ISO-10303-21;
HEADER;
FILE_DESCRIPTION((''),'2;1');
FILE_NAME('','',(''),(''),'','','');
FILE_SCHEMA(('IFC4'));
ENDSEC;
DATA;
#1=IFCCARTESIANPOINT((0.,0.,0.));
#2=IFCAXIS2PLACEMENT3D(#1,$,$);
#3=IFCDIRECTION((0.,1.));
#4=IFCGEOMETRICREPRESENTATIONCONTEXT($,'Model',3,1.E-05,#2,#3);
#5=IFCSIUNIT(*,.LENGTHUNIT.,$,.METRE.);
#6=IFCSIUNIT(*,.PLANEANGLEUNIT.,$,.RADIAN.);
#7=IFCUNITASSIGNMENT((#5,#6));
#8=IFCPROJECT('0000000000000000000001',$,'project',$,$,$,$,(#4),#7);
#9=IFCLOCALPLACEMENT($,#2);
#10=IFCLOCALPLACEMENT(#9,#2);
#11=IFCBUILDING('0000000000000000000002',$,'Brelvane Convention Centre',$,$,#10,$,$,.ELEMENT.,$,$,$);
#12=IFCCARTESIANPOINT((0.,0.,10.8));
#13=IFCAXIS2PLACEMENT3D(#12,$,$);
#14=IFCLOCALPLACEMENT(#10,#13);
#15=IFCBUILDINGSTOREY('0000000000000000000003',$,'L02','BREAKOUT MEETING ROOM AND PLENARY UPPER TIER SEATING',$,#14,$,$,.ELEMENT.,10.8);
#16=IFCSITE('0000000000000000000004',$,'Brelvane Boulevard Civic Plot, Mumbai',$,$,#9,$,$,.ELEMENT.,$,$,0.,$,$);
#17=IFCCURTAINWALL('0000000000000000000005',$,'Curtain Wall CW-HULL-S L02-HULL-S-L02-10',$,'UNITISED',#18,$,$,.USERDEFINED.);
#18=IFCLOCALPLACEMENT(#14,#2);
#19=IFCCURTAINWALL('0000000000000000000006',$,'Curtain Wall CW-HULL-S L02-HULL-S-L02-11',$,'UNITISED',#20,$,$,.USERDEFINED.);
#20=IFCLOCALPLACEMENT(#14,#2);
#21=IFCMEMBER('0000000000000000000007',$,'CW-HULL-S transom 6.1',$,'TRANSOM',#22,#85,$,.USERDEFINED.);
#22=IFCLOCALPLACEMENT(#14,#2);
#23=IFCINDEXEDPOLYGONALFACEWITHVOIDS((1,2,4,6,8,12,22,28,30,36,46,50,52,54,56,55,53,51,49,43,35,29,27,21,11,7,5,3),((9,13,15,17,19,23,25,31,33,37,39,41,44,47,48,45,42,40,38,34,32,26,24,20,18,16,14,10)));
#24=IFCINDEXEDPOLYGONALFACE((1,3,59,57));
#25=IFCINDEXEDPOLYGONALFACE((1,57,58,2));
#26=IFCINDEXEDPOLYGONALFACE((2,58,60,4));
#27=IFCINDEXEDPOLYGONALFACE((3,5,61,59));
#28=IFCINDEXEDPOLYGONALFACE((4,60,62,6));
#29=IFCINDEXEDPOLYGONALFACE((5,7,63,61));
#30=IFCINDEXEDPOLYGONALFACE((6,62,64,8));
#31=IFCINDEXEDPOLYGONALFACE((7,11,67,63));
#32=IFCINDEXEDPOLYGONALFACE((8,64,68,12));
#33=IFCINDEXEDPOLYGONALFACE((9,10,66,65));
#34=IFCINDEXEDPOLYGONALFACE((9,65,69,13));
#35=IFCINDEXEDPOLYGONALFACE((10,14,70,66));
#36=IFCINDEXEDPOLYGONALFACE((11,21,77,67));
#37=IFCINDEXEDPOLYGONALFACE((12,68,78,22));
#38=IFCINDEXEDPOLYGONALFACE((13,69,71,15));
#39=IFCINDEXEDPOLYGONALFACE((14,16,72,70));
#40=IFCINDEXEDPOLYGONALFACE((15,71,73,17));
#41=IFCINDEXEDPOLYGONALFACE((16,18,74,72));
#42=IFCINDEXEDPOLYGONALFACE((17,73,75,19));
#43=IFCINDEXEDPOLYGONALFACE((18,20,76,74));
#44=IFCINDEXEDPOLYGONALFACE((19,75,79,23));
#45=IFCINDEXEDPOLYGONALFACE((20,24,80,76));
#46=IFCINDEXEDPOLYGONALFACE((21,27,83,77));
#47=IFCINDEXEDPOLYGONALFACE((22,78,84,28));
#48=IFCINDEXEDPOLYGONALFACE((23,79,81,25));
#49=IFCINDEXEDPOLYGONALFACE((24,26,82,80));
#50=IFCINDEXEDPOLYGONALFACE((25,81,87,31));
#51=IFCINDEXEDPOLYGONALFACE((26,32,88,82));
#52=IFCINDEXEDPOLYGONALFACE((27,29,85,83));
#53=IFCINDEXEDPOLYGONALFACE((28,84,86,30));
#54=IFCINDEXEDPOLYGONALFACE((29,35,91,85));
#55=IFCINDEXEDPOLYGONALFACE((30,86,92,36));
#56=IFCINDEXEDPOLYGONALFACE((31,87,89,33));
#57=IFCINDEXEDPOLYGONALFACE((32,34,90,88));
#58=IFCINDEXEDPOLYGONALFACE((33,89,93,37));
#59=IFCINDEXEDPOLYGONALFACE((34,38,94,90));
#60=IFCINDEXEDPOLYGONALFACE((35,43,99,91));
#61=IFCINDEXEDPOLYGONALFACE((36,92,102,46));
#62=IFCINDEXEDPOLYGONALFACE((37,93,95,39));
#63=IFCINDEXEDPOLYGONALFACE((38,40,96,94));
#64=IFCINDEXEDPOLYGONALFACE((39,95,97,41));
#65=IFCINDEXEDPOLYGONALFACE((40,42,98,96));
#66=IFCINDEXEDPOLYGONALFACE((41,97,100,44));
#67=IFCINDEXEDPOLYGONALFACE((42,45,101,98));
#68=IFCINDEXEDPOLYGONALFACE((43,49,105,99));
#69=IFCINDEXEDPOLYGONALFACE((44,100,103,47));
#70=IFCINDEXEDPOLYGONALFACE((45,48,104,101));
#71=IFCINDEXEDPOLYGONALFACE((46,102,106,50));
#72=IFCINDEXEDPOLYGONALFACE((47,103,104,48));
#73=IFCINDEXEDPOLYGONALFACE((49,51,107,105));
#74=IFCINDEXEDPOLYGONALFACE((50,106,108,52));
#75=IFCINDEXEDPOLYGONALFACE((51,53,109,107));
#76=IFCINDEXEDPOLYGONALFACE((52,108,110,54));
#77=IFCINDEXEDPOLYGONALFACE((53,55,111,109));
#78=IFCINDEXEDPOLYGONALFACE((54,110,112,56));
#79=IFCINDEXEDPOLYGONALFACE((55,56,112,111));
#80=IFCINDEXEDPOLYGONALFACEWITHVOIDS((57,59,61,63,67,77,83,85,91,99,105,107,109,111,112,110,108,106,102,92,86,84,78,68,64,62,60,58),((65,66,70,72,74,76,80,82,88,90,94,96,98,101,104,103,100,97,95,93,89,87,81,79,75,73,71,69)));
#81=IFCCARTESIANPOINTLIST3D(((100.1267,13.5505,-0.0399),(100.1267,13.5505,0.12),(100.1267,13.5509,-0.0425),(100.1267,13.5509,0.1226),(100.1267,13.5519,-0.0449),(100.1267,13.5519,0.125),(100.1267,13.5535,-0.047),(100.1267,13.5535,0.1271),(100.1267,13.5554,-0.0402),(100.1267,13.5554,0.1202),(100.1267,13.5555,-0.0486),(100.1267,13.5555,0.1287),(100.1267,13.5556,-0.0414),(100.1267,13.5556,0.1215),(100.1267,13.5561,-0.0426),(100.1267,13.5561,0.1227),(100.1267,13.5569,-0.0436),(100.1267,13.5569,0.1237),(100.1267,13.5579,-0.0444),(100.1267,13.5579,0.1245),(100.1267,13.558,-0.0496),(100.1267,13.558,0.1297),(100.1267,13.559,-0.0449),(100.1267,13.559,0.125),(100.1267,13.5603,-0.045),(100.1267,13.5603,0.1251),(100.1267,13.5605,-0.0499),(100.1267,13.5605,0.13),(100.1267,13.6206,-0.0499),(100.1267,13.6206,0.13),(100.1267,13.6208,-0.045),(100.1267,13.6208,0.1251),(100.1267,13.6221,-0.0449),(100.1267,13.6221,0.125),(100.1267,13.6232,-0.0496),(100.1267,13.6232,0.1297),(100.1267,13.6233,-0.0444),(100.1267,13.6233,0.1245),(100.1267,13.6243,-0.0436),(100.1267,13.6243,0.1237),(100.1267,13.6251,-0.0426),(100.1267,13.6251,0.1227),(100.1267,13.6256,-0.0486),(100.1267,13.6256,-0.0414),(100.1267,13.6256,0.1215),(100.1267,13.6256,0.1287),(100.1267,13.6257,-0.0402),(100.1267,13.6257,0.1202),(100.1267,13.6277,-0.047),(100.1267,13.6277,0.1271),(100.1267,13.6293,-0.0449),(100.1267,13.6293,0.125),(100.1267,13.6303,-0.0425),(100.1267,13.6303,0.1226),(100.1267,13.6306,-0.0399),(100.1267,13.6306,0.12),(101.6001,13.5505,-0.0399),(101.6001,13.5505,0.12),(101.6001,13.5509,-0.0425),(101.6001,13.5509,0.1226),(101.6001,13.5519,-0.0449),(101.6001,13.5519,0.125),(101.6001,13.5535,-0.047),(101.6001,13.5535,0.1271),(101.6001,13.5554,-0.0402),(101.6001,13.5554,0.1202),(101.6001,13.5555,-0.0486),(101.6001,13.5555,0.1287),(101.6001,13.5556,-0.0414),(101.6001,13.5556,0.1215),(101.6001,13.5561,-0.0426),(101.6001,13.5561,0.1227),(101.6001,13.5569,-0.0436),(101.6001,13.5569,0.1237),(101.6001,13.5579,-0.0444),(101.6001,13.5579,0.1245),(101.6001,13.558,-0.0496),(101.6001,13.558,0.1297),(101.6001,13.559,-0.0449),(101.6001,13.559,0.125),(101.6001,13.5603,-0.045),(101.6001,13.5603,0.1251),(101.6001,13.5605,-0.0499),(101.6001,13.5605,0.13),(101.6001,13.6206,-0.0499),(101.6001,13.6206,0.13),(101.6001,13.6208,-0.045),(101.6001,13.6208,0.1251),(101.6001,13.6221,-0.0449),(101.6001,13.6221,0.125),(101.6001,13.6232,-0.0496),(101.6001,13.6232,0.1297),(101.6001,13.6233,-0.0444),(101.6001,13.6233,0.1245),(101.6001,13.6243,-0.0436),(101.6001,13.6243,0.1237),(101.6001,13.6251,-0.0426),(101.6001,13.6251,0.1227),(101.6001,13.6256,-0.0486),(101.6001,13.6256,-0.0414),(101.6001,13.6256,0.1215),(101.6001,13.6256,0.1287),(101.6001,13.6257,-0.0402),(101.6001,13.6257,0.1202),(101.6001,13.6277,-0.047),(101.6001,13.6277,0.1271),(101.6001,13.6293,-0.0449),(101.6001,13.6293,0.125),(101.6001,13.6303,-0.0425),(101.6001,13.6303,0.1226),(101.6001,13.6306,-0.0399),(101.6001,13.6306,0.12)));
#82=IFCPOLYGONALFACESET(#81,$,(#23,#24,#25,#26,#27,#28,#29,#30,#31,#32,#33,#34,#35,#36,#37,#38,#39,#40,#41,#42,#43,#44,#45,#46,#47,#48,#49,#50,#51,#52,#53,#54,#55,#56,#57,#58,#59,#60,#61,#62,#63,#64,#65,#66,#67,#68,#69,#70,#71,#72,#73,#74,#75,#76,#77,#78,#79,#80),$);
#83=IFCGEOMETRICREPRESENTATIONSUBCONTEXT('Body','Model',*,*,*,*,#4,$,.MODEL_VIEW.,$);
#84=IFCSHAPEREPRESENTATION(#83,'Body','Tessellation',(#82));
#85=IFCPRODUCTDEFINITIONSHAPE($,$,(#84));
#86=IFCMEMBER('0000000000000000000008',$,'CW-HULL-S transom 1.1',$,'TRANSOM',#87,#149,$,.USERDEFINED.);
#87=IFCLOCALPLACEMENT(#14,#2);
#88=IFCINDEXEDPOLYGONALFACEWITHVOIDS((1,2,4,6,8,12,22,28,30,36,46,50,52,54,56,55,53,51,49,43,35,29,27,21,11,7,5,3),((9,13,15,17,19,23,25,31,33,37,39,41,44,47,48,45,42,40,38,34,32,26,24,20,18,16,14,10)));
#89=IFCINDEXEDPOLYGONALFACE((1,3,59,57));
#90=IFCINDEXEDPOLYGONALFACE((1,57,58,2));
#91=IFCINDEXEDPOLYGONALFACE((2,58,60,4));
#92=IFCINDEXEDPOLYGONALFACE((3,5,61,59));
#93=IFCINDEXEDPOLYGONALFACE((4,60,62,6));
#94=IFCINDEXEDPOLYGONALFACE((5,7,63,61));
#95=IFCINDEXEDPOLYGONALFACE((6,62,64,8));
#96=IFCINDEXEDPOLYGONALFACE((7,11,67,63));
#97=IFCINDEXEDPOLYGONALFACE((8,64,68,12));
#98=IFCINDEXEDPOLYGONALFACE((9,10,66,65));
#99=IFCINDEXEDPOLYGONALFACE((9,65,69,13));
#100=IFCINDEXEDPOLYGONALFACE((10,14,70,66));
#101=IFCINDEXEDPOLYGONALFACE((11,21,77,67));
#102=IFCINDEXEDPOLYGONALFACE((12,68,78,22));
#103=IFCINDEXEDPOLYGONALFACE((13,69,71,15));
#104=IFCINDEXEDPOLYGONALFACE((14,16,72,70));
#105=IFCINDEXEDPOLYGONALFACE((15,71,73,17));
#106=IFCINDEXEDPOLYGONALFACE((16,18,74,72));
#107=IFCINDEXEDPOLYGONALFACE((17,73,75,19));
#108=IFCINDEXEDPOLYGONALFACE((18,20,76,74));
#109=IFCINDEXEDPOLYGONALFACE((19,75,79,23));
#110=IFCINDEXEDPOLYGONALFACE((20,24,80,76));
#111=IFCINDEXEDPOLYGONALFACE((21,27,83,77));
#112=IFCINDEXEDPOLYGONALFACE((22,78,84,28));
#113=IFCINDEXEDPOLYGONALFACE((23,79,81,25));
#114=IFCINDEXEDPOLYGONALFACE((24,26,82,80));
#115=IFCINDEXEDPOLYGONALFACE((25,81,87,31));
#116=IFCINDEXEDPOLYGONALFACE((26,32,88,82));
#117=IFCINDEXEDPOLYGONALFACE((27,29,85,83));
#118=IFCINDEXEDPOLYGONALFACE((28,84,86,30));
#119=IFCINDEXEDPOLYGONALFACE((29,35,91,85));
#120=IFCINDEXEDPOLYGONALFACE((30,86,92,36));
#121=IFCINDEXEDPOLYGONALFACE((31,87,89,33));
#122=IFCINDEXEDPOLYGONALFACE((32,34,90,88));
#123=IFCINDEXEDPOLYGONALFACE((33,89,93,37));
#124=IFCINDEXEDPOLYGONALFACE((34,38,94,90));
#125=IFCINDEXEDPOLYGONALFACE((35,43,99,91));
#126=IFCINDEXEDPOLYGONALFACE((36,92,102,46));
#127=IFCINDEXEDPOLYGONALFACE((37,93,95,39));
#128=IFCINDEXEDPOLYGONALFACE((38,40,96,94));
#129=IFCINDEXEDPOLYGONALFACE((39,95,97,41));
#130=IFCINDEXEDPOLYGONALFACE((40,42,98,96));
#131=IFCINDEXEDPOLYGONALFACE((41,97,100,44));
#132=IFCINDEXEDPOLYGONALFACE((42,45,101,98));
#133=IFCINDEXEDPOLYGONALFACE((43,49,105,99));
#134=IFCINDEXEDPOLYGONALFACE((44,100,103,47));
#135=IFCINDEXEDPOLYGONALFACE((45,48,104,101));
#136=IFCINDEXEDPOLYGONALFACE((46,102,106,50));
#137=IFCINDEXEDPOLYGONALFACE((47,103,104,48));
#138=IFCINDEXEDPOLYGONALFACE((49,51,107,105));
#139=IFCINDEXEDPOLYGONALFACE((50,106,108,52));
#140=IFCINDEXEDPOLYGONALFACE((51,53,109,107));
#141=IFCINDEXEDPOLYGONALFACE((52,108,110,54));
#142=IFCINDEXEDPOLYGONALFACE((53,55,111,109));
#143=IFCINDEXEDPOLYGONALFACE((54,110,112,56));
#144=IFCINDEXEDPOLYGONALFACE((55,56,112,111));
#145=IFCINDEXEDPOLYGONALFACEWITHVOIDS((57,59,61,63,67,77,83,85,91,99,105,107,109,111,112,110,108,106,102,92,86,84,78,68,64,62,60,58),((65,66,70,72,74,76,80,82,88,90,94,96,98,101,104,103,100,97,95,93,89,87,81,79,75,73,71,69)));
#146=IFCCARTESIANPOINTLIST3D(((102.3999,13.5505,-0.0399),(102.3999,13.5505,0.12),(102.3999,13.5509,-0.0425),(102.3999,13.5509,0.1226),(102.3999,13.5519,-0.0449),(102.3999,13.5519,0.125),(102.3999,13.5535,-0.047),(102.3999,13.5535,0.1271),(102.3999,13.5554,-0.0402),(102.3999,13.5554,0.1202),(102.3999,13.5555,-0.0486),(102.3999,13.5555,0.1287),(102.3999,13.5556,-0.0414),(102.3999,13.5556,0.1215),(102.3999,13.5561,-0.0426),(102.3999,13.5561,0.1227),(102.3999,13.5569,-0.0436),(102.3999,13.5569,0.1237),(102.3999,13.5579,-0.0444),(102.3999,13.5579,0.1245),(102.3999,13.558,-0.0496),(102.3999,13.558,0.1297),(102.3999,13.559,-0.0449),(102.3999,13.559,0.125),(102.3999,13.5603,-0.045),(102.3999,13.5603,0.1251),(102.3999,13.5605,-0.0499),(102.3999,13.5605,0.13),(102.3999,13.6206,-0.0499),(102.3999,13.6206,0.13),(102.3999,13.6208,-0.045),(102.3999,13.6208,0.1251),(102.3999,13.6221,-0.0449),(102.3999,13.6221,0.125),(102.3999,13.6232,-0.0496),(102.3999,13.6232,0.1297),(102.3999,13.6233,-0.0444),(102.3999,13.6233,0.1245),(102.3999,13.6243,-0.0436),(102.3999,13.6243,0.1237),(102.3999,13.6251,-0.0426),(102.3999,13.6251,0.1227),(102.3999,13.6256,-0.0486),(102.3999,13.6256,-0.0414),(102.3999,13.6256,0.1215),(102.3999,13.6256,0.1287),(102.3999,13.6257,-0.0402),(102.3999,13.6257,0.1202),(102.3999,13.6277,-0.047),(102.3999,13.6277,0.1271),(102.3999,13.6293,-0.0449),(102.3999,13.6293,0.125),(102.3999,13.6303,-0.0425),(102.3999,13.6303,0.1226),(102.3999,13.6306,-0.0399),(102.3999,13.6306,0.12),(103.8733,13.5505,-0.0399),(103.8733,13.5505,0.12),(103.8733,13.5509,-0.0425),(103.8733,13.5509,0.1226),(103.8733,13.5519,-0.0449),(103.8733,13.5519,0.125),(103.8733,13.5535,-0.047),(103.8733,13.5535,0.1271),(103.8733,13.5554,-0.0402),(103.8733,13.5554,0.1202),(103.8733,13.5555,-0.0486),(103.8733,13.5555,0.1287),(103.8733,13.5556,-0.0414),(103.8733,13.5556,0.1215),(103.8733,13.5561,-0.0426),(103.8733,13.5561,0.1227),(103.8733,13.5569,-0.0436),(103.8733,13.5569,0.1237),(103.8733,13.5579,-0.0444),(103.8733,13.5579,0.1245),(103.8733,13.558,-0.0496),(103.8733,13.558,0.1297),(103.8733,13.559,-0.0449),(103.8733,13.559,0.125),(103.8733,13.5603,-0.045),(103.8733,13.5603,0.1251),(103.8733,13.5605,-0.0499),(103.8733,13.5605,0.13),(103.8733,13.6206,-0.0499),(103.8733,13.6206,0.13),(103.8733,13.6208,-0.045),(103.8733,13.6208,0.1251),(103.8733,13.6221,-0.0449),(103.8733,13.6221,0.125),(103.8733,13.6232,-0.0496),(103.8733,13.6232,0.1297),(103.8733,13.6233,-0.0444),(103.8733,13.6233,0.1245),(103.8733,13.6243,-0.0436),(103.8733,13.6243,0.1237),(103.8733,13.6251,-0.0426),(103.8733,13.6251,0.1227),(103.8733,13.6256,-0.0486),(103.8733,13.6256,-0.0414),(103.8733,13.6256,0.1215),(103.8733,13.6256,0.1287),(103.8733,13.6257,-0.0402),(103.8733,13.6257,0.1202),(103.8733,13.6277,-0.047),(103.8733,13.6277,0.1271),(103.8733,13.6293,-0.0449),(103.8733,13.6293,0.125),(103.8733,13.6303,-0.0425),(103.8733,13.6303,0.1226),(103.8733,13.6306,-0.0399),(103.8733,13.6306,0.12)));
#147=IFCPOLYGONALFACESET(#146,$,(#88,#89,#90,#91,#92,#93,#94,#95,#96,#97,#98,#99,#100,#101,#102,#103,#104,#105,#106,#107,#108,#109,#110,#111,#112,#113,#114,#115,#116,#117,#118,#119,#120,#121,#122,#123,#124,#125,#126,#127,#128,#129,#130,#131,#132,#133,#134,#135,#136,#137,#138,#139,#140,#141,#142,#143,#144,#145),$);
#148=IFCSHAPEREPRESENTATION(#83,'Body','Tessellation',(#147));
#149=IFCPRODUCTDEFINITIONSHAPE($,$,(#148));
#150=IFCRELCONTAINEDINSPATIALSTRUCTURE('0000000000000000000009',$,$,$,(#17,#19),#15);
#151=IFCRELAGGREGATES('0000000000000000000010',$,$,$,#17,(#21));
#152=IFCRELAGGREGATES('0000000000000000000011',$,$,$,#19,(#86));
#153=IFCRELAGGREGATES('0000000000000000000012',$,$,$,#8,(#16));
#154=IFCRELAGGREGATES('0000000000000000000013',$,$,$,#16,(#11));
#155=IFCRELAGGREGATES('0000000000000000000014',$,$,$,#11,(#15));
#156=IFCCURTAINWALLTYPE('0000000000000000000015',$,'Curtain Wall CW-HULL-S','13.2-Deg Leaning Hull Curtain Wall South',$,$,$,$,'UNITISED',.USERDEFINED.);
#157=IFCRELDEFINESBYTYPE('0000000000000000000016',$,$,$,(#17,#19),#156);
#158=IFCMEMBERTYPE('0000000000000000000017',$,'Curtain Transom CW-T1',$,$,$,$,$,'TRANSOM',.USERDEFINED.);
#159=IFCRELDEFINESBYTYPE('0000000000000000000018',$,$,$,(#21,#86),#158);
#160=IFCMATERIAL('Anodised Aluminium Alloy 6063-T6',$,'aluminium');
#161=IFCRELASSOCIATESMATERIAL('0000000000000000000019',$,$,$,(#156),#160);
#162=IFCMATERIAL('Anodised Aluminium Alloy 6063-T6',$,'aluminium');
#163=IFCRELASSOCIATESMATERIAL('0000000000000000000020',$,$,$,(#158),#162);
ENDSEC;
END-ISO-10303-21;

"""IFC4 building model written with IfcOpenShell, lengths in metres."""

from ifc_helpers import new_model, si_unit, direction, frame, origin, origin_2d, place, context, subcontext, project, spatial, hollow_rectangle, extrude, material, material_profile, profile_set, type_object, element, aggregate, save


model = new_model("IFC4")

# Units and contexts
model_context = context("Model", 3, precision=1e-05, world=origin(), true_north=direction((0.0, 1.0)))
body_context = subcontext(model_context, "Body", "Model", "MODEL_VIEW")
ifc_project = project(units=[si_unit("LENGTHUNIT", "METRE"), si_unit("PLANEANGLEUNIT", "RADIAN")], contexts=[model_context])

# Site, building, storey
site_placement = place(None, origin())
site = spatial("IfcSite", under=ifc_project, at=site_placement, Name="Brelvane Boulevard Civic Plot, Mumbai", CompositionType="ELEMENT", RefElevation=0.0)
building_placement = place(site_placement, origin())
building = spatial("IfcBuilding", under=site, at=building_placement, Name="Brelvane Convention Centre", CompositionType="ELEMENT")
storey_placement = place(building_placement, frame((0.0, 0.0, 10.8)))
storey = spatial("IfcBuildingStorey", under=building, at=storey_placement, Name="L02", Description="BREAKOUT MEETING ROOM AND PLENARY UPPER TIER SEATING", CompositionType="ELEMENT", Elevation=10.8)

# Curtain walls
ifc_material_1 = material(Name="Anodised Aluminium Alloy 6063-T6", Category="aluminium")
curtain_wall_type = type_object("IfcCurtainWallType", Name="Curtain Wall CW-HULL-S", Description="13.2-Deg Leaning Hull Curtain Wall South", ElementType="UNITISED", PredefinedType="USERDEFINED", material=ifc_material_1)
curtain_wall_1_placement = place(storey_placement, origin())
curtain_wall_1 = element("IfcCurtainWall", 1, at=curtain_wall_1_placement, inside=storey, type_object=curtain_wall_type, Name="Curtain Wall CW-HULL-S L02-HULL-S-L02-10", ObjectType="UNITISED", PredefinedType="USERDEFINED")
curtain_wall_2_placement = place(storey_placement, origin())
curtain_wall_2 = element("IfcCurtainWall", 2, at=curtain_wall_2_placement, inside=storey, type_object=curtain_wall_type, Name="Curtain Wall CW-HULL-S L02-HULL-S-L02-11", ObjectType="UNITISED", PredefinedType="USERDEFINED")

# Members
ifc_material_2 = material(Name="Anodised Aluminium Alloy 6063-T6", Category="aluminium")
ifc_material_profile_1 = material_profile(ifc_material_2, hollow_rectangle(XDim=0.0801, YDim=0.1799, WallThickness=0.0049, InnerFilletRadius=0.0049, OuterFilletRadius=0.01, at=origin_2d()), Name="ALU-T 180x80x5.0")
ifc_profile_set_1 = profile_set([ifc_material_profile_1], Name="Anodised Aluminium Alloy 6063-T6")
member_type_1 = type_object("IfcMemberType", Name="Curtain Transom CW-T1", ElementType="TRANSOM", PredefinedType="USERDEFINED", material=ifc_profile_set_1)
member_1_placement = place(storey_placement, frame((100.1267, 13.5906, 0.04), z_axis=(1.0, 0.0, 0.0), x_axis=(0.0, 1.0, 0.0)))
member_1 = element("IfcMember", 3, at=member_1_placement, type_object=member_type_1, Name="CW-HULL-S transom 6.1", ObjectType="TRANSOM", PredefinedType="USERDEFINED", context=body_context, shape_type="SweptSolid", body=[
    extrude(hollow_rectangle(XDim=0.0801, YDim=0.1799, WallThickness=0.0049, InnerFilletRadius=0.0049, OuterFilletRadius=0.01, at=origin_2d()), origin(), (0.0, 0.0, 1.0), 1.4734),
])
member_2_placement = place(storey_placement, frame((102.3999, 13.5906, 0.04), z_axis=(1.0, 0.0, 0.0), x_axis=(0.0, 1.0, 0.0)))
member_2 = element("IfcMember", 4, at=member_2_placement, type_object=member_type_1, Name="CW-HULL-S transom 1.1", ObjectType="TRANSOM", PredefinedType="USERDEFINED", context=body_context, shape_type="SweptSolid", body=[
    extrude(hollow_rectangle(XDim=0.0801, YDim=0.1799, WallThickness=0.0049, InnerFilletRadius=0.0049, OuterFilletRadius=0.01, at=origin_2d()), origin(), (0.0, 0.0, 1.0), 1.4734),
])

aggregate(curtain_wall_1, [member_1])
aggregate(curtain_wall_2, [member_2])

save(model, "model.ifc")
